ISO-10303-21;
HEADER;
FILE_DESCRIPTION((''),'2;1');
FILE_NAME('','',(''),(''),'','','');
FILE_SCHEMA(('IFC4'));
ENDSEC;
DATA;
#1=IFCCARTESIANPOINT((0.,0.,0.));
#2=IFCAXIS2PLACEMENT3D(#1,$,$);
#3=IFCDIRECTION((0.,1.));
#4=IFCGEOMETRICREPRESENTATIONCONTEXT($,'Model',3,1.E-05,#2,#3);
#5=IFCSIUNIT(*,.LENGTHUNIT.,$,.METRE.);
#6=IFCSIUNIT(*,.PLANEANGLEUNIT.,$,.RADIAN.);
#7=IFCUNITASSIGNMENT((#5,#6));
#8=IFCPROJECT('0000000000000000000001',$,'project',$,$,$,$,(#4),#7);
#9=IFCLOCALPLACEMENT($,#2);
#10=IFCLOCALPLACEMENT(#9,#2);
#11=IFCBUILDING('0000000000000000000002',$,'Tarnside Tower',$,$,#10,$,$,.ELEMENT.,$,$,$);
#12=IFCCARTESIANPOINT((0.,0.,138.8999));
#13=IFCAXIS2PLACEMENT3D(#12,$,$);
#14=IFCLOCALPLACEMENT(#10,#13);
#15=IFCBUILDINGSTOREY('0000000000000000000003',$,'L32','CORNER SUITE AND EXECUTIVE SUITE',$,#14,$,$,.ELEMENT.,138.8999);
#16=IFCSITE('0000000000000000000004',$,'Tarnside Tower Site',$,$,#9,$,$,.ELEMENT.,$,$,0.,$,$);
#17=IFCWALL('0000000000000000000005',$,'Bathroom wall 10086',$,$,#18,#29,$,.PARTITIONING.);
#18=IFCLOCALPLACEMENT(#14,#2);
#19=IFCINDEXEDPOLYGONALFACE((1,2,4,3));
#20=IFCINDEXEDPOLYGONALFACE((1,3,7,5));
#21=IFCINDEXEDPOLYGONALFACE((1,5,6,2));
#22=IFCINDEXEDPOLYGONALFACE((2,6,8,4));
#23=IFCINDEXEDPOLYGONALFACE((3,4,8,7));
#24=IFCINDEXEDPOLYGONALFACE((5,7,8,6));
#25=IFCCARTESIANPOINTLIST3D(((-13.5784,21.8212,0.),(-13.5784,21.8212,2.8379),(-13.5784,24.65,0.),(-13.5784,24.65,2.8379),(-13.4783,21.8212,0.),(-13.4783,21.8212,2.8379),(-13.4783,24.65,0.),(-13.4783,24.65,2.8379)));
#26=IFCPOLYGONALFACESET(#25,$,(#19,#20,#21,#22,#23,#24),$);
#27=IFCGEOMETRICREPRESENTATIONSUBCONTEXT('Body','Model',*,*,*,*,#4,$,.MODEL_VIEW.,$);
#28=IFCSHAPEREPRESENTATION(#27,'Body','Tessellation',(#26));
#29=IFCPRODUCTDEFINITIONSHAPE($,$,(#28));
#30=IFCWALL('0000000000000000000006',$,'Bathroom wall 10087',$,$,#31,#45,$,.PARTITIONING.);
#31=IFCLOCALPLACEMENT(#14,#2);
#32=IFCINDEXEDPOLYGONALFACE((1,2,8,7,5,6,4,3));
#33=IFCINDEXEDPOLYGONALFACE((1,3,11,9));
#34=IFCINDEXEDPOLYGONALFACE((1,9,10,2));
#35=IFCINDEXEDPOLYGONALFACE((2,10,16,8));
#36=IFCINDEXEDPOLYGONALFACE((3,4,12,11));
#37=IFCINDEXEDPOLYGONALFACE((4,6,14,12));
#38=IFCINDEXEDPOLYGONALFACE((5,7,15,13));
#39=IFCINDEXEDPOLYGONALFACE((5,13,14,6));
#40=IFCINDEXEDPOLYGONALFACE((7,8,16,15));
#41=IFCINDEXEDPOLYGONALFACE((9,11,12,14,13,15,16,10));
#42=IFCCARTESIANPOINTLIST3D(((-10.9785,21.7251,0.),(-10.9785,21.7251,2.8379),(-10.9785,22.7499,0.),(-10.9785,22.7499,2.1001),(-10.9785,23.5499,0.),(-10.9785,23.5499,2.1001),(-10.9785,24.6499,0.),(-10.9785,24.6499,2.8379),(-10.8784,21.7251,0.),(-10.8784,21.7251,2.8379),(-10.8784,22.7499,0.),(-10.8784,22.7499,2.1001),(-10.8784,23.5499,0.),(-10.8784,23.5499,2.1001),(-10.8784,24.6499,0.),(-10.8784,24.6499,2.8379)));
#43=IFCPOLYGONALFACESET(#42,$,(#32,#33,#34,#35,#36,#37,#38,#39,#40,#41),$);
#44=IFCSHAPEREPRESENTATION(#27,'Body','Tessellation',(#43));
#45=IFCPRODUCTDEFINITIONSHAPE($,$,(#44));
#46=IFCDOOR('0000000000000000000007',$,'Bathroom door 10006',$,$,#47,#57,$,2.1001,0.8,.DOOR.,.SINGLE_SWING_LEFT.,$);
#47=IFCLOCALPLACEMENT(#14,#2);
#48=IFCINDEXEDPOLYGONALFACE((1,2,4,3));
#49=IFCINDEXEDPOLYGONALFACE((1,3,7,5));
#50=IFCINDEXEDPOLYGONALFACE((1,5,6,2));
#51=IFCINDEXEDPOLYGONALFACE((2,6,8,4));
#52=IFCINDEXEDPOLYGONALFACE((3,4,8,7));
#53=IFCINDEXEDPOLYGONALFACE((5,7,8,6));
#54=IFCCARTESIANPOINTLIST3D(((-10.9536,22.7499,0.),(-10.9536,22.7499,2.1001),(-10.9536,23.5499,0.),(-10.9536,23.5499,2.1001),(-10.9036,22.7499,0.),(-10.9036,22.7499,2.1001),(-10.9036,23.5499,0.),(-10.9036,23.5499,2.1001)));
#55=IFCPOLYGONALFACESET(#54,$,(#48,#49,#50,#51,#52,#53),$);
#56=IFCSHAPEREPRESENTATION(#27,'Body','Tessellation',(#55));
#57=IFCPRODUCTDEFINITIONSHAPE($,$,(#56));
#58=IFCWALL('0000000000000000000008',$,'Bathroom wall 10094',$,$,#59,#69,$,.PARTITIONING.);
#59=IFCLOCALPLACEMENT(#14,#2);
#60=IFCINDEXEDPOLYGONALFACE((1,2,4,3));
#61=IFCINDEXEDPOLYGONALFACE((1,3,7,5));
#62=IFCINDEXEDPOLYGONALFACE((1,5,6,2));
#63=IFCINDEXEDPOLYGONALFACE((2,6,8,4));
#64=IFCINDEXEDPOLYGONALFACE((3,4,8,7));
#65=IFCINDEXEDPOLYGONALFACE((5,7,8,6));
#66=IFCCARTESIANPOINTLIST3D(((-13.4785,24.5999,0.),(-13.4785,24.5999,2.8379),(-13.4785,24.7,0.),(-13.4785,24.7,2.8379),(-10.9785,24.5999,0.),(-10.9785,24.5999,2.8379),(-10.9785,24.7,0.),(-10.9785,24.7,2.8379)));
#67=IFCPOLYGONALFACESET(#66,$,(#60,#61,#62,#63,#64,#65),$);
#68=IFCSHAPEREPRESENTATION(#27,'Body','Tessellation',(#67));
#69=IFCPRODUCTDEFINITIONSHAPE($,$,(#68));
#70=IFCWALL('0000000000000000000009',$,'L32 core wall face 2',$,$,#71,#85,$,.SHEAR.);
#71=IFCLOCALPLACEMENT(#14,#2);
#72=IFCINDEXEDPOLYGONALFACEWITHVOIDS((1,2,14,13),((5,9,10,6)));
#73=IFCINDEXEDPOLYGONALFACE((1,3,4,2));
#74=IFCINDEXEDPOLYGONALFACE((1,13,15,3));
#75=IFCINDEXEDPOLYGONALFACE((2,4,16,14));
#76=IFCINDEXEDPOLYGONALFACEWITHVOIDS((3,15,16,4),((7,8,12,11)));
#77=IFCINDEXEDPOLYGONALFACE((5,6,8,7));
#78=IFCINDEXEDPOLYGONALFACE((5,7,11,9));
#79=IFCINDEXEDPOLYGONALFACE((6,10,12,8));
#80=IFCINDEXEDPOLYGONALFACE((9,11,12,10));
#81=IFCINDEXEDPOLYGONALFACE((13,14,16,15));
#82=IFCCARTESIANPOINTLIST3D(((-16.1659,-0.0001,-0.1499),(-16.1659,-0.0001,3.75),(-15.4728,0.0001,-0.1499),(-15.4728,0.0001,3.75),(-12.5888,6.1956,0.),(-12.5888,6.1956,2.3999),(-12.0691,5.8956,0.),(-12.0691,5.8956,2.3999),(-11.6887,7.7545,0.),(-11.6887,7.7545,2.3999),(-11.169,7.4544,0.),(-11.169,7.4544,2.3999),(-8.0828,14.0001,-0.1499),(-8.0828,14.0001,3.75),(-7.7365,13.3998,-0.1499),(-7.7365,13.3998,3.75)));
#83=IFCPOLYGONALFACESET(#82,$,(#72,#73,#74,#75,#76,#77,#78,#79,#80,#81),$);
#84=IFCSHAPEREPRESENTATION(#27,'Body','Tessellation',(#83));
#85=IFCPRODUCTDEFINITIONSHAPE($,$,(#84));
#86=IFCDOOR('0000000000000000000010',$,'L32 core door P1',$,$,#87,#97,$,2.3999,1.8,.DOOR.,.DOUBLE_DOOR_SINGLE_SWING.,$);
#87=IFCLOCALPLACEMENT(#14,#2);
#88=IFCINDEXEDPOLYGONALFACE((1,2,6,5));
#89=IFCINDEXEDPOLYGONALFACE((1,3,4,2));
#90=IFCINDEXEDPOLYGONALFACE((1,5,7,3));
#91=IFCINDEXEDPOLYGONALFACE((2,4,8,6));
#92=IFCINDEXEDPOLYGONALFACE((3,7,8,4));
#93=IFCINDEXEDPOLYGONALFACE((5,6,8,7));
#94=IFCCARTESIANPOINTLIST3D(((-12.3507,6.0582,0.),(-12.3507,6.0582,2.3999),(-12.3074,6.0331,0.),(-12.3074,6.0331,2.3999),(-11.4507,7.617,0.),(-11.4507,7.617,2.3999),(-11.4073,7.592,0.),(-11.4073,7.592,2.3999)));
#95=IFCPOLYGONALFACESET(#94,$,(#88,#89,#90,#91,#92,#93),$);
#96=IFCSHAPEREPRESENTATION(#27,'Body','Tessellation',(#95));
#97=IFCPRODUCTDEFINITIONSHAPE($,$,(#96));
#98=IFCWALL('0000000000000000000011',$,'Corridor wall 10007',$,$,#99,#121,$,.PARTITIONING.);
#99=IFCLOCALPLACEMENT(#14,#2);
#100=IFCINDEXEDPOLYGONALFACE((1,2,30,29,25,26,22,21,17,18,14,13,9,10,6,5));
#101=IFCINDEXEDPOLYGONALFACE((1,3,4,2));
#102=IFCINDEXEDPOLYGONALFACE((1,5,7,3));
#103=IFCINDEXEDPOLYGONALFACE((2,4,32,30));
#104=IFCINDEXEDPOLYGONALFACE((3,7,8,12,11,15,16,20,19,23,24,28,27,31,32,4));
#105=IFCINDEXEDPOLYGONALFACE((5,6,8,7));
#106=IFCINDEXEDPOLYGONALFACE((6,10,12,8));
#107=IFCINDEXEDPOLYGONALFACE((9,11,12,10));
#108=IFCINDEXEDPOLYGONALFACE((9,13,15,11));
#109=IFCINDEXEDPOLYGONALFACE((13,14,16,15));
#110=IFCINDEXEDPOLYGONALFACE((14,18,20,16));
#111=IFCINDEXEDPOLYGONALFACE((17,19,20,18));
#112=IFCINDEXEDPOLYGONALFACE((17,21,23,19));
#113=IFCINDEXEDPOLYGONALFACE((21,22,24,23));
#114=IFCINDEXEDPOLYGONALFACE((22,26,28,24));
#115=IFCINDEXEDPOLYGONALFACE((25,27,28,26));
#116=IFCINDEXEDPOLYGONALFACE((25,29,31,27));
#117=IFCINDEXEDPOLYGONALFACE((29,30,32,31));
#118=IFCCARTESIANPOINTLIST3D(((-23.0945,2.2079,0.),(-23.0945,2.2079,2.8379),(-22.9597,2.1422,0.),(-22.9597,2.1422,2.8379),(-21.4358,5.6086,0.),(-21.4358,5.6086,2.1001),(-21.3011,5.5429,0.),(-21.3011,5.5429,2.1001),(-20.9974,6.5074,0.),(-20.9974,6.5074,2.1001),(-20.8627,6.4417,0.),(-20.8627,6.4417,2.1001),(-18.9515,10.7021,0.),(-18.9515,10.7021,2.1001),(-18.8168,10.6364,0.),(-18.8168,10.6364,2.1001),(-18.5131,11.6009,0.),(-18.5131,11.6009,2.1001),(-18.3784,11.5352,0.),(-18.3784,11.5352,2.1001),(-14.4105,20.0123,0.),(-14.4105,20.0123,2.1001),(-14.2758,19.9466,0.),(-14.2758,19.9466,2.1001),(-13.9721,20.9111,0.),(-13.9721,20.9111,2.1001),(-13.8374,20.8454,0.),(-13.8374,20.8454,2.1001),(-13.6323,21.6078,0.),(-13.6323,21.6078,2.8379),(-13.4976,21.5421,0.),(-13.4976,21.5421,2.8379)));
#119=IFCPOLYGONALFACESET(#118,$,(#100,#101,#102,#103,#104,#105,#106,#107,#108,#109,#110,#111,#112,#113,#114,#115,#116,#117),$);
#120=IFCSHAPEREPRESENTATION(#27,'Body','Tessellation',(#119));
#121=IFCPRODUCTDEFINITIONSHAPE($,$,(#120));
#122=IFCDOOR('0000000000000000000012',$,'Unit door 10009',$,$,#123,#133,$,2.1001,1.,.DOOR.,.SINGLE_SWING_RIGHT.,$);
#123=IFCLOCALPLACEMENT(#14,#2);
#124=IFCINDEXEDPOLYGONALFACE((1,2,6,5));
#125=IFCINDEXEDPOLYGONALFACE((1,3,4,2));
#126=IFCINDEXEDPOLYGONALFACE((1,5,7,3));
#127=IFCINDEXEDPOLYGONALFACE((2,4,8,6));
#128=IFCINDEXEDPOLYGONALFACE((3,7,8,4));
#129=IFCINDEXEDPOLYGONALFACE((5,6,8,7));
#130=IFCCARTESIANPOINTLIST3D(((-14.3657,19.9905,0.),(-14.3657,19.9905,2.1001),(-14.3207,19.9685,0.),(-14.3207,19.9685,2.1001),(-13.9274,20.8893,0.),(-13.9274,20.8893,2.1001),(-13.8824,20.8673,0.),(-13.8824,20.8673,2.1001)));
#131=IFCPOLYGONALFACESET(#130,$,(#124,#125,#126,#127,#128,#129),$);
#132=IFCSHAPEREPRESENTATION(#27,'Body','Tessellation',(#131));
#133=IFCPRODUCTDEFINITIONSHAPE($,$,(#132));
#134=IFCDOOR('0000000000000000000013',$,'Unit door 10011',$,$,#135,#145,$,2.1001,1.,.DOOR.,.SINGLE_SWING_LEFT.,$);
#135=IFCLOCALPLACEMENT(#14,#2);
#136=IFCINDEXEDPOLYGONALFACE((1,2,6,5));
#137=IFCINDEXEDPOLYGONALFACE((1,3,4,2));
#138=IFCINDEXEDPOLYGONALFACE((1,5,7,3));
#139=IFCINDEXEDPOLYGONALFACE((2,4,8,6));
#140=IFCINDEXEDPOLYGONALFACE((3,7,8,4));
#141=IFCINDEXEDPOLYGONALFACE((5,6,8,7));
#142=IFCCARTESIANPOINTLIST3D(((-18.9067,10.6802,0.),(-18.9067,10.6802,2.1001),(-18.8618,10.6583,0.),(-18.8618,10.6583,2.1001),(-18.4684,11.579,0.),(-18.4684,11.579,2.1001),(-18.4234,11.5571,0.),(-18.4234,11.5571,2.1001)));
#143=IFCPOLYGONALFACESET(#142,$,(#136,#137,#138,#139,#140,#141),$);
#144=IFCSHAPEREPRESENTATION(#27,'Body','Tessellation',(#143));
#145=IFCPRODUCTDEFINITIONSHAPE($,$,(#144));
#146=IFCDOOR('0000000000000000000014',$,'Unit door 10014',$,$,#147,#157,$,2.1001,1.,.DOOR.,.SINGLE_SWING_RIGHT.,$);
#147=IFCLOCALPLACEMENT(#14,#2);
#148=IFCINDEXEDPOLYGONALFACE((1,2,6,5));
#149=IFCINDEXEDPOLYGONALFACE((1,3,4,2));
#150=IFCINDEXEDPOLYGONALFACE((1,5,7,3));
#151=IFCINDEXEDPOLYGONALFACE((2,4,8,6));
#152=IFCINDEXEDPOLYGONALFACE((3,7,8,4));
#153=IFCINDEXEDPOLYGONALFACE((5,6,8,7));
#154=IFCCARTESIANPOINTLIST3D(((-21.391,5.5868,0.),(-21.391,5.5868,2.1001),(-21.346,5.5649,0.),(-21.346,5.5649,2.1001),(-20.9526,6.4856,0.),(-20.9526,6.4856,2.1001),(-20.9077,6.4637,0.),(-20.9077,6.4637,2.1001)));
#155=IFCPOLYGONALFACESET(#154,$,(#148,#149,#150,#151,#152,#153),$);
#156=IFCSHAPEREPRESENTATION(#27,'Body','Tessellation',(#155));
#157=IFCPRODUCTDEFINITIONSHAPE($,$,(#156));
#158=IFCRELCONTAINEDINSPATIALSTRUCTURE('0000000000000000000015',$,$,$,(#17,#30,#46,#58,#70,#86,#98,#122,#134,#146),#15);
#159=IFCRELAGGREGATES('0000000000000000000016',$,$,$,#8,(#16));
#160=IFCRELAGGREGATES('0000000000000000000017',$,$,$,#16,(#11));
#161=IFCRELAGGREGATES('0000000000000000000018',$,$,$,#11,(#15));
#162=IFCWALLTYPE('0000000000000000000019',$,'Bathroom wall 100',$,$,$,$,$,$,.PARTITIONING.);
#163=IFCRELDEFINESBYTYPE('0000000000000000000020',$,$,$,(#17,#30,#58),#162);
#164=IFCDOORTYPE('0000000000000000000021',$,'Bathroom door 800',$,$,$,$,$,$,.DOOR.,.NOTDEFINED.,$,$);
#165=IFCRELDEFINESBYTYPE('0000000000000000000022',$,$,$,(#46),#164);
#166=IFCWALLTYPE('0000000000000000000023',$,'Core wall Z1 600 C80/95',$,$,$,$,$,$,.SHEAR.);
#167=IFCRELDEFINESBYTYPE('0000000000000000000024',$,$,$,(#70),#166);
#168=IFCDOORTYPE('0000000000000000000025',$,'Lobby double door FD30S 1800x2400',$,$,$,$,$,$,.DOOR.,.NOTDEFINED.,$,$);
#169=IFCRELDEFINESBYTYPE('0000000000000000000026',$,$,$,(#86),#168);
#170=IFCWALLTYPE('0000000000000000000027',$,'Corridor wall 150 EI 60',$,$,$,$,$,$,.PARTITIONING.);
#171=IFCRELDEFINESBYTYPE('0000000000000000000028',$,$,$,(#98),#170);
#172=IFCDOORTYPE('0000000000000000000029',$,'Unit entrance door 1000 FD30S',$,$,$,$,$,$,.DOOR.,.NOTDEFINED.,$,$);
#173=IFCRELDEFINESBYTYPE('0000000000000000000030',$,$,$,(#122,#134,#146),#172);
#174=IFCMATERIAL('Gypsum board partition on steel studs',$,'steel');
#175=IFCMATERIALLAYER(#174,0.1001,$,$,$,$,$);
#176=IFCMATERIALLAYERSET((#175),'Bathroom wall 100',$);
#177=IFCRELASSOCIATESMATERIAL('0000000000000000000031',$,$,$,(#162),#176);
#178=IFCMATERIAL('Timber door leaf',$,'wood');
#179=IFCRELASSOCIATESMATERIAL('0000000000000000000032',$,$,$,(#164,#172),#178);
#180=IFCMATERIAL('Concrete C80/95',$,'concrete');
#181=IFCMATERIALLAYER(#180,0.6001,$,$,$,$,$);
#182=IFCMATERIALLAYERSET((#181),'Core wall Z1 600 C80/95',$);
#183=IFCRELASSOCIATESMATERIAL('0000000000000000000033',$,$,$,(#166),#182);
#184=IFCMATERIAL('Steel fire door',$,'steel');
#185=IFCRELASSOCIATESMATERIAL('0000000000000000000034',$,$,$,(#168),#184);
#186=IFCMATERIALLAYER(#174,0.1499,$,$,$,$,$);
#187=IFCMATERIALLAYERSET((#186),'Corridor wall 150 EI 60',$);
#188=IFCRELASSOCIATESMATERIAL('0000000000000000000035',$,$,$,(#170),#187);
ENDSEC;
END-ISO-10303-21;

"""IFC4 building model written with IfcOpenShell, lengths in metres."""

from ifc_helpers import new_model, si_unit, direction, frame, frame_2d, origin, place, context, subcontext, project, spatial, polyline, rectangle, outline, extrude, material, layer, layer_set, type_object, element, fill, save


model = new_model("IFC4")

# Units and contexts
model_context = context("Model", 3, precision=1e-05, world=origin(), true_north=direction((0.0, 1.0)))
body_context = subcontext(model_context, "Body", "Model", "MODEL_VIEW")
ifc_project = project(units=[si_unit("LENGTHUNIT", "METRE"), si_unit("PLANEANGLEUNIT", "RADIAN")], contexts=[model_context])

# Site, building, storey
site_placement = place(None, origin())
site = spatial("IfcSite", under=ifc_project, at=site_placement, Name="Tarnside Tower Site", CompositionType="ELEMENT", RefElevation=0.0)
building_placement = place(site_placement, origin())
building = spatial("IfcBuilding", under=site, at=building_placement, Name="Tarnside Tower", CompositionType="ELEMENT")
storey_placement = place(building_placement, frame((0.0, 0.0, 138.8999)))
storey = spatial("IfcBuildingStorey", under=building, at=storey_placement, Name="L32", Description="CORNER SUITE AND EXECUTIVE SUITE", CompositionType="ELEMENT", Elevation=138.8999)

# Wall
ifc_material_1 = material(Name="Gypsum board partition on steel studs", Category="steel")
ifc_layer_1 = layer(ifc_material_1, 0.1001)
ifc_layer_set_1 = layer_set([ifc_layer_1], Name="Bathroom wall 100")
wall_type_1 = type_object("IfcWallType", Name="Bathroom wall 100", PredefinedType="PARTITIONING", material=ifc_layer_set_1)
wall_1_placement = place(storey_placement, frame((-13.5283, 21.821, 0.0), z_axis=(0.0, 0.0, 1.0), x_axis=(0.0, 1.0, 0.0)))
element("IfcWall", 1, at=wall_1_placement, inside=storey, type_object=wall_type_1, Name="Bathroom wall 10086", PredefinedType="PARTITIONING", context=body_context, shape_type="SweptSolid", body=[
    extrude(rectangle(XDim=2.8289, YDim=0.1001, at=frame_2d((1.4146, 0.0))), origin(), (0.0, 0.0, 1.0), 2.8379),
])

# Wall, opening, door
wall_2_placement = place(storey_placement, frame((-10.9285, 24.6499, 0.0), z_axis=(0.0, 0.0, 1.0), x_axis=(0.0, -1.0, 0.0)))
wall_2 = element("IfcWall", 2, at=wall_2_placement, inside=storey, type_object=wall_type_1, Name="Bathroom wall 10087", PredefinedType="PARTITIONING", context=body_context, shape_type="SweptSolid", body=[
    extrude(rectangle(XDim=2.9248, YDim=0.1001, at=frame_2d((1.4624, 0.0))), origin(), (0.0, 0.0, 1.0), 2.8379),
])
opening_1_placement = place(wall_2_placement, frame((1.1001, 0.0, 0.0)))
opening_1 = element("IfcOpeningElement", 3, at=opening_1_placement, cuts=wall_2, PredefinedType="OPENING", context=body_context, shape_type="SweptSolid", body=[
    extrude(rectangle(XDim=0.8, YDim=2.1001, at=frame_2d((0.3999, 1.05))), frame((0.0, 0.0601, 0.0), z_axis=(0.0, -1.0, 0.0), x_axis=(1.0, 0.0, 0.0)), (0.0, 0.0, 1.0), 0.1201),
])
ifc_material_2 = material(Name="Timber door leaf", Category="wood")
door_type_1 = type_object("IfcDoorType", Name="Bathroom door 800", OperationType="NOTDEFINED", PredefinedType="DOOR", material=ifc_material_2)
door_1_placement = place(opening_1_placement, origin())
door_1 = element("IfcDoor", 4, at=door_1_placement, inside=storey, type_object=door_type_1, Name="Bathroom door 10006", OperationType="SINGLE_SWING_LEFT", OverallHeight=2.1001, OverallWidth=0.8, PredefinedType="DOOR", context=body_context, shape_type="SweptSolid", body=[
    extrude(rectangle(XDim=0.8, YDim=2.1001, at=frame_2d((0.3999, 1.05))), frame((0.0, 0.0249, 0.0), z_axis=(0.0, -1.0, 0.0), x_axis=(1.0, 0.0, 0.0)), (0.0, 0.0, 1.0), 0.05),
])
fill(opening_1, door_1)

# Wall
wall_3_placement = place(storey_placement, frame((-10.9785, 24.6499, 0.0), z_axis=(0.0, 0.0, 1.0), x_axis=(-1.0, 0.0, 0.0)))
element("IfcWall", 5, at=wall_3_placement, inside=storey, type_object=wall_type_1, Name="Bathroom wall 10094", PredefinedType="PARTITIONING", context=body_context, shape_type="SweptSolid", body=[
    extrude(rectangle(XDim=2.5, YDim=0.1001, at=frame_2d((1.25, 0.0))), origin(), (0.0, 0.0, 1.0), 2.8379),
])

# Wall, opening, door
ifc_material_3 = material(Name="Concrete C80/95", Category="concrete")
ifc_layer_2 = layer(ifc_material_3, 0.6001)
ifc_layer_set_2 = layer_set([ifc_layer_2], Name="Core wall Z1 600 C80/95")
wall_type_2 = type_object("IfcWallType", Name="Core wall Z1 600 C80/95", PredefinedType="SHEAR", material=ifc_layer_set_2)
wall_4_placement = place(storey_placement, frame((-7.9097, 13.7, -0.1499), z_axis=(0.0, 0.0, 1.0), x_axis=(-0.5, -0.866025, 0.0)))
wall_4 = element("IfcWall", 6, at=wall_4_placement, inside=storey, type_object=wall_type_2, Name="L32 core wall face 2", PredefinedType="SHEAR", context=body_context, shape_type="SweptSolid", body=[
    extrude(outline(polyline([(-0.1733, -0.3), (15.9927, -0.3), (15.646, 0.3), (0.1733, 0.3), (-0.1733, -0.3)])), origin(), (0.0, 0.0, 1.0), 3.8999),
])
opening_2_placement = place(wall_4_placement, frame((7.0386, 0.0, 0.1499)))
opening_2 = element("IfcOpeningElement", 7, at=opening_2_placement, cuts=wall_4, PredefinedType="OPENING", context=body_context, shape_type="SweptSolid", body=[
    extrude(rectangle(XDim=1.8, YDim=2.3999, at=frame_2d((0.8999, 1.2))), frame((0.0, 0.3101, 0.0), z_axis=(0.0, -1.0, 0.0), x_axis=(1.0, 0.0, 0.0)), (0.0, 0.0, 1.0), 0.6201),
])
ifc_material_4 = material(Name="Steel fire door", Category="steel")
door_type_2 = type_object("IfcDoorType", Name="Lobby double door FD30S 1800x2400", OperationType="NOTDEFINED", PredefinedType="DOOR", material=ifc_material_4)
door_2_placement = place(opening_2_placement, origin())
door_2 = element("IfcDoor", 8, at=door_2_placement, inside=storey, type_object=door_type_2, Name="L32 core door P1", OperationType="DOUBLE_DOOR_SINGLE_SWING", OverallHeight=2.3999, OverallWidth=1.8, PredefinedType="DOOR", context=body_context, shape_type="SweptSolid", body=[
    extrude(rectangle(XDim=1.8, YDim=2.3999, at=frame_2d((0.8999, 1.2))), frame((0.0, 0.0249, 0.0), z_axis=(0.0, -1.0, 0.0), x_axis=(1.0, 0.0, 0.0)), (0.0, 0.0, 1.0), 0.05),
])
fill(opening_2, door_2)

# Wall, openings, doors
ifc_layer_3 = layer(ifc_material_1, 0.1499)
ifc_layer_set_3 = layer_set([ifc_layer_3], Name="Corridor wall 150 EI 60")
wall_type_3 = type_object("IfcWallType", Name="Corridor wall 150 EI 60", PredefinedType="PARTITIONING", material=ifc_layer_set_3)
wall_5_placement = place(storey_placement, frame((-13.5649, 21.575, 0.0), z_axis=(0.0, 0.0, 1.0), x_axis=(-0.438378, -0.898791, 0.0)))
wall_5 = element("IfcWall", 9, at=wall_5_placement, inside=storey, type_object=wall_type_3, Name="Corridor wall 10007", PredefinedType="PARTITIONING", context=body_context, shape_type="SweptSolid", body=[
    extrude(rectangle(XDim=21.5845, YDim=0.1499, at=frame_2d((10.7922, 0.0))), origin(), (0.0, 0.0, 1.0), 2.8379),
])
opening_3_placement = place(wall_5_placement, frame((0.7751, 0.0, 0.0)))
opening_3 = element("IfcOpeningElement", 10, at=opening_3_placement, cuts=wall_5, PredefinedType="OPENING", context=body_context, shape_type="SweptSolid", body=[
    extrude(rectangle(XDim=1.0, YDim=2.1001, at=frame_2d((0.5, 1.05))), frame((0.0, 0.085, 0.0), z_axis=(0.0, -1.0, 0.0), x_axis=(1.0, 0.0, 0.0)), (0.0, 0.0, 1.0), 0.1699),
])
opening_4_placement = place(wall_5_placement, frame((11.1338, 0.0, 0.0)))
opening_4 = element("IfcOpeningElement", 11, at=opening_4_placement, cuts=wall_5, PredefinedType="OPENING", context=body_context, shape_type="SweptSolid", body=[
    extrude(rectangle(XDim=1.0, YDim=2.1001, at=frame_2d((0.5, 1.05))), frame((0.0, 0.085, 0.0), z_axis=(0.0, -1.0, 0.0), x_axis=(1.0, 0.0, 0.0)), (0.0, 0.0, 1.0), 0.1699),
])
opening_5_placement = place(wall_5_placement, frame((16.8008, 0.0, 0.0)))
opening_5 = element("IfcOpeningElement", 12, at=opening_5_placement, cuts=wall_5, PredefinedType="OPENING", context=body_context, shape_type="SweptSolid", body=[
    extrude(rectangle(XDim=1.0, YDim=2.1001, at=frame_2d((0.5, 1.05))), frame((0.0, 0.085, 0.0), z_axis=(0.0, -1.0, 0.0), x_axis=(1.0, 0.0, 0.0)), (0.0, 0.0, 1.0), 0.1699),
])
door_type_3 = type_object("IfcDoorType", Name="Unit entrance door 1000 FD30S", OperationType="NOTDEFINED", PredefinedType="DOOR", material=ifc_material_2)
door_3_placement = place(opening_3_placement, origin())
door_3 = element("IfcDoor", 13, at=door_3_placement, inside=storey, type_object=door_type_3, Name="Unit door 10009", OperationType="SINGLE_SWING_RIGHT", OverallHeight=2.1001, OverallWidth=1.0, PredefinedType="DOOR", context=body_context, shape_type="SweptSolid", body=[
    extrude(rectangle(XDim=1.0, YDim=2.1001, at=frame_2d((0.5, 1.05))), frame((0.0, 0.0249, 0.0), z_axis=(0.0, -1.0, 0.0), x_axis=(1.0, 0.0, 0.0)), (0.0, 0.0, 1.0), 0.05),
])
fill(opening_3, door_3)
door_4_placement = place(opening_4_placement, origin())
door_4 = element("IfcDoor", 14, at=door_4_placement, inside=storey, type_object=door_type_3, Name="Unit door 10011", OperationType="SINGLE_SWING_LEFT", OverallHeight=2.1001, OverallWidth=1.0, PredefinedType="DOOR", context=body_context, shape_type="SweptSolid", body=[
    extrude(rectangle(XDim=1.0, YDim=2.1001, at=frame_2d((0.5, 1.05))), frame((0.0, 0.0249, 0.0), z_axis=(0.0, -1.0, 0.0), x_axis=(1.0, 0.0, 0.0)), (0.0, 0.0, 1.0), 0.05),
])
fill(opening_4, door_4)
door_5_placement = place(opening_5_placement, origin())
door_5 = element("IfcDoor", 15, at=door_5_placement, inside=storey, type_object=door_type_3, Name="Unit door 10014", OperationType="SINGLE_SWING_RIGHT", OverallHeight=2.1001, OverallWidth=1.0, PredefinedType="DOOR", context=body_context, shape_type="SweptSolid", body=[
    extrude(rectangle(XDim=1.0, YDim=2.1001, at=frame_2d((0.5, 1.05))), frame((0.0, 0.0249, 0.0), z_axis=(0.0, -1.0, 0.0), x_axis=(1.0, 0.0, 0.0)), (0.0, 0.0, 1.0), 0.05),
])
fill(opening_5, door_5)

save(model, "model.ifc")
